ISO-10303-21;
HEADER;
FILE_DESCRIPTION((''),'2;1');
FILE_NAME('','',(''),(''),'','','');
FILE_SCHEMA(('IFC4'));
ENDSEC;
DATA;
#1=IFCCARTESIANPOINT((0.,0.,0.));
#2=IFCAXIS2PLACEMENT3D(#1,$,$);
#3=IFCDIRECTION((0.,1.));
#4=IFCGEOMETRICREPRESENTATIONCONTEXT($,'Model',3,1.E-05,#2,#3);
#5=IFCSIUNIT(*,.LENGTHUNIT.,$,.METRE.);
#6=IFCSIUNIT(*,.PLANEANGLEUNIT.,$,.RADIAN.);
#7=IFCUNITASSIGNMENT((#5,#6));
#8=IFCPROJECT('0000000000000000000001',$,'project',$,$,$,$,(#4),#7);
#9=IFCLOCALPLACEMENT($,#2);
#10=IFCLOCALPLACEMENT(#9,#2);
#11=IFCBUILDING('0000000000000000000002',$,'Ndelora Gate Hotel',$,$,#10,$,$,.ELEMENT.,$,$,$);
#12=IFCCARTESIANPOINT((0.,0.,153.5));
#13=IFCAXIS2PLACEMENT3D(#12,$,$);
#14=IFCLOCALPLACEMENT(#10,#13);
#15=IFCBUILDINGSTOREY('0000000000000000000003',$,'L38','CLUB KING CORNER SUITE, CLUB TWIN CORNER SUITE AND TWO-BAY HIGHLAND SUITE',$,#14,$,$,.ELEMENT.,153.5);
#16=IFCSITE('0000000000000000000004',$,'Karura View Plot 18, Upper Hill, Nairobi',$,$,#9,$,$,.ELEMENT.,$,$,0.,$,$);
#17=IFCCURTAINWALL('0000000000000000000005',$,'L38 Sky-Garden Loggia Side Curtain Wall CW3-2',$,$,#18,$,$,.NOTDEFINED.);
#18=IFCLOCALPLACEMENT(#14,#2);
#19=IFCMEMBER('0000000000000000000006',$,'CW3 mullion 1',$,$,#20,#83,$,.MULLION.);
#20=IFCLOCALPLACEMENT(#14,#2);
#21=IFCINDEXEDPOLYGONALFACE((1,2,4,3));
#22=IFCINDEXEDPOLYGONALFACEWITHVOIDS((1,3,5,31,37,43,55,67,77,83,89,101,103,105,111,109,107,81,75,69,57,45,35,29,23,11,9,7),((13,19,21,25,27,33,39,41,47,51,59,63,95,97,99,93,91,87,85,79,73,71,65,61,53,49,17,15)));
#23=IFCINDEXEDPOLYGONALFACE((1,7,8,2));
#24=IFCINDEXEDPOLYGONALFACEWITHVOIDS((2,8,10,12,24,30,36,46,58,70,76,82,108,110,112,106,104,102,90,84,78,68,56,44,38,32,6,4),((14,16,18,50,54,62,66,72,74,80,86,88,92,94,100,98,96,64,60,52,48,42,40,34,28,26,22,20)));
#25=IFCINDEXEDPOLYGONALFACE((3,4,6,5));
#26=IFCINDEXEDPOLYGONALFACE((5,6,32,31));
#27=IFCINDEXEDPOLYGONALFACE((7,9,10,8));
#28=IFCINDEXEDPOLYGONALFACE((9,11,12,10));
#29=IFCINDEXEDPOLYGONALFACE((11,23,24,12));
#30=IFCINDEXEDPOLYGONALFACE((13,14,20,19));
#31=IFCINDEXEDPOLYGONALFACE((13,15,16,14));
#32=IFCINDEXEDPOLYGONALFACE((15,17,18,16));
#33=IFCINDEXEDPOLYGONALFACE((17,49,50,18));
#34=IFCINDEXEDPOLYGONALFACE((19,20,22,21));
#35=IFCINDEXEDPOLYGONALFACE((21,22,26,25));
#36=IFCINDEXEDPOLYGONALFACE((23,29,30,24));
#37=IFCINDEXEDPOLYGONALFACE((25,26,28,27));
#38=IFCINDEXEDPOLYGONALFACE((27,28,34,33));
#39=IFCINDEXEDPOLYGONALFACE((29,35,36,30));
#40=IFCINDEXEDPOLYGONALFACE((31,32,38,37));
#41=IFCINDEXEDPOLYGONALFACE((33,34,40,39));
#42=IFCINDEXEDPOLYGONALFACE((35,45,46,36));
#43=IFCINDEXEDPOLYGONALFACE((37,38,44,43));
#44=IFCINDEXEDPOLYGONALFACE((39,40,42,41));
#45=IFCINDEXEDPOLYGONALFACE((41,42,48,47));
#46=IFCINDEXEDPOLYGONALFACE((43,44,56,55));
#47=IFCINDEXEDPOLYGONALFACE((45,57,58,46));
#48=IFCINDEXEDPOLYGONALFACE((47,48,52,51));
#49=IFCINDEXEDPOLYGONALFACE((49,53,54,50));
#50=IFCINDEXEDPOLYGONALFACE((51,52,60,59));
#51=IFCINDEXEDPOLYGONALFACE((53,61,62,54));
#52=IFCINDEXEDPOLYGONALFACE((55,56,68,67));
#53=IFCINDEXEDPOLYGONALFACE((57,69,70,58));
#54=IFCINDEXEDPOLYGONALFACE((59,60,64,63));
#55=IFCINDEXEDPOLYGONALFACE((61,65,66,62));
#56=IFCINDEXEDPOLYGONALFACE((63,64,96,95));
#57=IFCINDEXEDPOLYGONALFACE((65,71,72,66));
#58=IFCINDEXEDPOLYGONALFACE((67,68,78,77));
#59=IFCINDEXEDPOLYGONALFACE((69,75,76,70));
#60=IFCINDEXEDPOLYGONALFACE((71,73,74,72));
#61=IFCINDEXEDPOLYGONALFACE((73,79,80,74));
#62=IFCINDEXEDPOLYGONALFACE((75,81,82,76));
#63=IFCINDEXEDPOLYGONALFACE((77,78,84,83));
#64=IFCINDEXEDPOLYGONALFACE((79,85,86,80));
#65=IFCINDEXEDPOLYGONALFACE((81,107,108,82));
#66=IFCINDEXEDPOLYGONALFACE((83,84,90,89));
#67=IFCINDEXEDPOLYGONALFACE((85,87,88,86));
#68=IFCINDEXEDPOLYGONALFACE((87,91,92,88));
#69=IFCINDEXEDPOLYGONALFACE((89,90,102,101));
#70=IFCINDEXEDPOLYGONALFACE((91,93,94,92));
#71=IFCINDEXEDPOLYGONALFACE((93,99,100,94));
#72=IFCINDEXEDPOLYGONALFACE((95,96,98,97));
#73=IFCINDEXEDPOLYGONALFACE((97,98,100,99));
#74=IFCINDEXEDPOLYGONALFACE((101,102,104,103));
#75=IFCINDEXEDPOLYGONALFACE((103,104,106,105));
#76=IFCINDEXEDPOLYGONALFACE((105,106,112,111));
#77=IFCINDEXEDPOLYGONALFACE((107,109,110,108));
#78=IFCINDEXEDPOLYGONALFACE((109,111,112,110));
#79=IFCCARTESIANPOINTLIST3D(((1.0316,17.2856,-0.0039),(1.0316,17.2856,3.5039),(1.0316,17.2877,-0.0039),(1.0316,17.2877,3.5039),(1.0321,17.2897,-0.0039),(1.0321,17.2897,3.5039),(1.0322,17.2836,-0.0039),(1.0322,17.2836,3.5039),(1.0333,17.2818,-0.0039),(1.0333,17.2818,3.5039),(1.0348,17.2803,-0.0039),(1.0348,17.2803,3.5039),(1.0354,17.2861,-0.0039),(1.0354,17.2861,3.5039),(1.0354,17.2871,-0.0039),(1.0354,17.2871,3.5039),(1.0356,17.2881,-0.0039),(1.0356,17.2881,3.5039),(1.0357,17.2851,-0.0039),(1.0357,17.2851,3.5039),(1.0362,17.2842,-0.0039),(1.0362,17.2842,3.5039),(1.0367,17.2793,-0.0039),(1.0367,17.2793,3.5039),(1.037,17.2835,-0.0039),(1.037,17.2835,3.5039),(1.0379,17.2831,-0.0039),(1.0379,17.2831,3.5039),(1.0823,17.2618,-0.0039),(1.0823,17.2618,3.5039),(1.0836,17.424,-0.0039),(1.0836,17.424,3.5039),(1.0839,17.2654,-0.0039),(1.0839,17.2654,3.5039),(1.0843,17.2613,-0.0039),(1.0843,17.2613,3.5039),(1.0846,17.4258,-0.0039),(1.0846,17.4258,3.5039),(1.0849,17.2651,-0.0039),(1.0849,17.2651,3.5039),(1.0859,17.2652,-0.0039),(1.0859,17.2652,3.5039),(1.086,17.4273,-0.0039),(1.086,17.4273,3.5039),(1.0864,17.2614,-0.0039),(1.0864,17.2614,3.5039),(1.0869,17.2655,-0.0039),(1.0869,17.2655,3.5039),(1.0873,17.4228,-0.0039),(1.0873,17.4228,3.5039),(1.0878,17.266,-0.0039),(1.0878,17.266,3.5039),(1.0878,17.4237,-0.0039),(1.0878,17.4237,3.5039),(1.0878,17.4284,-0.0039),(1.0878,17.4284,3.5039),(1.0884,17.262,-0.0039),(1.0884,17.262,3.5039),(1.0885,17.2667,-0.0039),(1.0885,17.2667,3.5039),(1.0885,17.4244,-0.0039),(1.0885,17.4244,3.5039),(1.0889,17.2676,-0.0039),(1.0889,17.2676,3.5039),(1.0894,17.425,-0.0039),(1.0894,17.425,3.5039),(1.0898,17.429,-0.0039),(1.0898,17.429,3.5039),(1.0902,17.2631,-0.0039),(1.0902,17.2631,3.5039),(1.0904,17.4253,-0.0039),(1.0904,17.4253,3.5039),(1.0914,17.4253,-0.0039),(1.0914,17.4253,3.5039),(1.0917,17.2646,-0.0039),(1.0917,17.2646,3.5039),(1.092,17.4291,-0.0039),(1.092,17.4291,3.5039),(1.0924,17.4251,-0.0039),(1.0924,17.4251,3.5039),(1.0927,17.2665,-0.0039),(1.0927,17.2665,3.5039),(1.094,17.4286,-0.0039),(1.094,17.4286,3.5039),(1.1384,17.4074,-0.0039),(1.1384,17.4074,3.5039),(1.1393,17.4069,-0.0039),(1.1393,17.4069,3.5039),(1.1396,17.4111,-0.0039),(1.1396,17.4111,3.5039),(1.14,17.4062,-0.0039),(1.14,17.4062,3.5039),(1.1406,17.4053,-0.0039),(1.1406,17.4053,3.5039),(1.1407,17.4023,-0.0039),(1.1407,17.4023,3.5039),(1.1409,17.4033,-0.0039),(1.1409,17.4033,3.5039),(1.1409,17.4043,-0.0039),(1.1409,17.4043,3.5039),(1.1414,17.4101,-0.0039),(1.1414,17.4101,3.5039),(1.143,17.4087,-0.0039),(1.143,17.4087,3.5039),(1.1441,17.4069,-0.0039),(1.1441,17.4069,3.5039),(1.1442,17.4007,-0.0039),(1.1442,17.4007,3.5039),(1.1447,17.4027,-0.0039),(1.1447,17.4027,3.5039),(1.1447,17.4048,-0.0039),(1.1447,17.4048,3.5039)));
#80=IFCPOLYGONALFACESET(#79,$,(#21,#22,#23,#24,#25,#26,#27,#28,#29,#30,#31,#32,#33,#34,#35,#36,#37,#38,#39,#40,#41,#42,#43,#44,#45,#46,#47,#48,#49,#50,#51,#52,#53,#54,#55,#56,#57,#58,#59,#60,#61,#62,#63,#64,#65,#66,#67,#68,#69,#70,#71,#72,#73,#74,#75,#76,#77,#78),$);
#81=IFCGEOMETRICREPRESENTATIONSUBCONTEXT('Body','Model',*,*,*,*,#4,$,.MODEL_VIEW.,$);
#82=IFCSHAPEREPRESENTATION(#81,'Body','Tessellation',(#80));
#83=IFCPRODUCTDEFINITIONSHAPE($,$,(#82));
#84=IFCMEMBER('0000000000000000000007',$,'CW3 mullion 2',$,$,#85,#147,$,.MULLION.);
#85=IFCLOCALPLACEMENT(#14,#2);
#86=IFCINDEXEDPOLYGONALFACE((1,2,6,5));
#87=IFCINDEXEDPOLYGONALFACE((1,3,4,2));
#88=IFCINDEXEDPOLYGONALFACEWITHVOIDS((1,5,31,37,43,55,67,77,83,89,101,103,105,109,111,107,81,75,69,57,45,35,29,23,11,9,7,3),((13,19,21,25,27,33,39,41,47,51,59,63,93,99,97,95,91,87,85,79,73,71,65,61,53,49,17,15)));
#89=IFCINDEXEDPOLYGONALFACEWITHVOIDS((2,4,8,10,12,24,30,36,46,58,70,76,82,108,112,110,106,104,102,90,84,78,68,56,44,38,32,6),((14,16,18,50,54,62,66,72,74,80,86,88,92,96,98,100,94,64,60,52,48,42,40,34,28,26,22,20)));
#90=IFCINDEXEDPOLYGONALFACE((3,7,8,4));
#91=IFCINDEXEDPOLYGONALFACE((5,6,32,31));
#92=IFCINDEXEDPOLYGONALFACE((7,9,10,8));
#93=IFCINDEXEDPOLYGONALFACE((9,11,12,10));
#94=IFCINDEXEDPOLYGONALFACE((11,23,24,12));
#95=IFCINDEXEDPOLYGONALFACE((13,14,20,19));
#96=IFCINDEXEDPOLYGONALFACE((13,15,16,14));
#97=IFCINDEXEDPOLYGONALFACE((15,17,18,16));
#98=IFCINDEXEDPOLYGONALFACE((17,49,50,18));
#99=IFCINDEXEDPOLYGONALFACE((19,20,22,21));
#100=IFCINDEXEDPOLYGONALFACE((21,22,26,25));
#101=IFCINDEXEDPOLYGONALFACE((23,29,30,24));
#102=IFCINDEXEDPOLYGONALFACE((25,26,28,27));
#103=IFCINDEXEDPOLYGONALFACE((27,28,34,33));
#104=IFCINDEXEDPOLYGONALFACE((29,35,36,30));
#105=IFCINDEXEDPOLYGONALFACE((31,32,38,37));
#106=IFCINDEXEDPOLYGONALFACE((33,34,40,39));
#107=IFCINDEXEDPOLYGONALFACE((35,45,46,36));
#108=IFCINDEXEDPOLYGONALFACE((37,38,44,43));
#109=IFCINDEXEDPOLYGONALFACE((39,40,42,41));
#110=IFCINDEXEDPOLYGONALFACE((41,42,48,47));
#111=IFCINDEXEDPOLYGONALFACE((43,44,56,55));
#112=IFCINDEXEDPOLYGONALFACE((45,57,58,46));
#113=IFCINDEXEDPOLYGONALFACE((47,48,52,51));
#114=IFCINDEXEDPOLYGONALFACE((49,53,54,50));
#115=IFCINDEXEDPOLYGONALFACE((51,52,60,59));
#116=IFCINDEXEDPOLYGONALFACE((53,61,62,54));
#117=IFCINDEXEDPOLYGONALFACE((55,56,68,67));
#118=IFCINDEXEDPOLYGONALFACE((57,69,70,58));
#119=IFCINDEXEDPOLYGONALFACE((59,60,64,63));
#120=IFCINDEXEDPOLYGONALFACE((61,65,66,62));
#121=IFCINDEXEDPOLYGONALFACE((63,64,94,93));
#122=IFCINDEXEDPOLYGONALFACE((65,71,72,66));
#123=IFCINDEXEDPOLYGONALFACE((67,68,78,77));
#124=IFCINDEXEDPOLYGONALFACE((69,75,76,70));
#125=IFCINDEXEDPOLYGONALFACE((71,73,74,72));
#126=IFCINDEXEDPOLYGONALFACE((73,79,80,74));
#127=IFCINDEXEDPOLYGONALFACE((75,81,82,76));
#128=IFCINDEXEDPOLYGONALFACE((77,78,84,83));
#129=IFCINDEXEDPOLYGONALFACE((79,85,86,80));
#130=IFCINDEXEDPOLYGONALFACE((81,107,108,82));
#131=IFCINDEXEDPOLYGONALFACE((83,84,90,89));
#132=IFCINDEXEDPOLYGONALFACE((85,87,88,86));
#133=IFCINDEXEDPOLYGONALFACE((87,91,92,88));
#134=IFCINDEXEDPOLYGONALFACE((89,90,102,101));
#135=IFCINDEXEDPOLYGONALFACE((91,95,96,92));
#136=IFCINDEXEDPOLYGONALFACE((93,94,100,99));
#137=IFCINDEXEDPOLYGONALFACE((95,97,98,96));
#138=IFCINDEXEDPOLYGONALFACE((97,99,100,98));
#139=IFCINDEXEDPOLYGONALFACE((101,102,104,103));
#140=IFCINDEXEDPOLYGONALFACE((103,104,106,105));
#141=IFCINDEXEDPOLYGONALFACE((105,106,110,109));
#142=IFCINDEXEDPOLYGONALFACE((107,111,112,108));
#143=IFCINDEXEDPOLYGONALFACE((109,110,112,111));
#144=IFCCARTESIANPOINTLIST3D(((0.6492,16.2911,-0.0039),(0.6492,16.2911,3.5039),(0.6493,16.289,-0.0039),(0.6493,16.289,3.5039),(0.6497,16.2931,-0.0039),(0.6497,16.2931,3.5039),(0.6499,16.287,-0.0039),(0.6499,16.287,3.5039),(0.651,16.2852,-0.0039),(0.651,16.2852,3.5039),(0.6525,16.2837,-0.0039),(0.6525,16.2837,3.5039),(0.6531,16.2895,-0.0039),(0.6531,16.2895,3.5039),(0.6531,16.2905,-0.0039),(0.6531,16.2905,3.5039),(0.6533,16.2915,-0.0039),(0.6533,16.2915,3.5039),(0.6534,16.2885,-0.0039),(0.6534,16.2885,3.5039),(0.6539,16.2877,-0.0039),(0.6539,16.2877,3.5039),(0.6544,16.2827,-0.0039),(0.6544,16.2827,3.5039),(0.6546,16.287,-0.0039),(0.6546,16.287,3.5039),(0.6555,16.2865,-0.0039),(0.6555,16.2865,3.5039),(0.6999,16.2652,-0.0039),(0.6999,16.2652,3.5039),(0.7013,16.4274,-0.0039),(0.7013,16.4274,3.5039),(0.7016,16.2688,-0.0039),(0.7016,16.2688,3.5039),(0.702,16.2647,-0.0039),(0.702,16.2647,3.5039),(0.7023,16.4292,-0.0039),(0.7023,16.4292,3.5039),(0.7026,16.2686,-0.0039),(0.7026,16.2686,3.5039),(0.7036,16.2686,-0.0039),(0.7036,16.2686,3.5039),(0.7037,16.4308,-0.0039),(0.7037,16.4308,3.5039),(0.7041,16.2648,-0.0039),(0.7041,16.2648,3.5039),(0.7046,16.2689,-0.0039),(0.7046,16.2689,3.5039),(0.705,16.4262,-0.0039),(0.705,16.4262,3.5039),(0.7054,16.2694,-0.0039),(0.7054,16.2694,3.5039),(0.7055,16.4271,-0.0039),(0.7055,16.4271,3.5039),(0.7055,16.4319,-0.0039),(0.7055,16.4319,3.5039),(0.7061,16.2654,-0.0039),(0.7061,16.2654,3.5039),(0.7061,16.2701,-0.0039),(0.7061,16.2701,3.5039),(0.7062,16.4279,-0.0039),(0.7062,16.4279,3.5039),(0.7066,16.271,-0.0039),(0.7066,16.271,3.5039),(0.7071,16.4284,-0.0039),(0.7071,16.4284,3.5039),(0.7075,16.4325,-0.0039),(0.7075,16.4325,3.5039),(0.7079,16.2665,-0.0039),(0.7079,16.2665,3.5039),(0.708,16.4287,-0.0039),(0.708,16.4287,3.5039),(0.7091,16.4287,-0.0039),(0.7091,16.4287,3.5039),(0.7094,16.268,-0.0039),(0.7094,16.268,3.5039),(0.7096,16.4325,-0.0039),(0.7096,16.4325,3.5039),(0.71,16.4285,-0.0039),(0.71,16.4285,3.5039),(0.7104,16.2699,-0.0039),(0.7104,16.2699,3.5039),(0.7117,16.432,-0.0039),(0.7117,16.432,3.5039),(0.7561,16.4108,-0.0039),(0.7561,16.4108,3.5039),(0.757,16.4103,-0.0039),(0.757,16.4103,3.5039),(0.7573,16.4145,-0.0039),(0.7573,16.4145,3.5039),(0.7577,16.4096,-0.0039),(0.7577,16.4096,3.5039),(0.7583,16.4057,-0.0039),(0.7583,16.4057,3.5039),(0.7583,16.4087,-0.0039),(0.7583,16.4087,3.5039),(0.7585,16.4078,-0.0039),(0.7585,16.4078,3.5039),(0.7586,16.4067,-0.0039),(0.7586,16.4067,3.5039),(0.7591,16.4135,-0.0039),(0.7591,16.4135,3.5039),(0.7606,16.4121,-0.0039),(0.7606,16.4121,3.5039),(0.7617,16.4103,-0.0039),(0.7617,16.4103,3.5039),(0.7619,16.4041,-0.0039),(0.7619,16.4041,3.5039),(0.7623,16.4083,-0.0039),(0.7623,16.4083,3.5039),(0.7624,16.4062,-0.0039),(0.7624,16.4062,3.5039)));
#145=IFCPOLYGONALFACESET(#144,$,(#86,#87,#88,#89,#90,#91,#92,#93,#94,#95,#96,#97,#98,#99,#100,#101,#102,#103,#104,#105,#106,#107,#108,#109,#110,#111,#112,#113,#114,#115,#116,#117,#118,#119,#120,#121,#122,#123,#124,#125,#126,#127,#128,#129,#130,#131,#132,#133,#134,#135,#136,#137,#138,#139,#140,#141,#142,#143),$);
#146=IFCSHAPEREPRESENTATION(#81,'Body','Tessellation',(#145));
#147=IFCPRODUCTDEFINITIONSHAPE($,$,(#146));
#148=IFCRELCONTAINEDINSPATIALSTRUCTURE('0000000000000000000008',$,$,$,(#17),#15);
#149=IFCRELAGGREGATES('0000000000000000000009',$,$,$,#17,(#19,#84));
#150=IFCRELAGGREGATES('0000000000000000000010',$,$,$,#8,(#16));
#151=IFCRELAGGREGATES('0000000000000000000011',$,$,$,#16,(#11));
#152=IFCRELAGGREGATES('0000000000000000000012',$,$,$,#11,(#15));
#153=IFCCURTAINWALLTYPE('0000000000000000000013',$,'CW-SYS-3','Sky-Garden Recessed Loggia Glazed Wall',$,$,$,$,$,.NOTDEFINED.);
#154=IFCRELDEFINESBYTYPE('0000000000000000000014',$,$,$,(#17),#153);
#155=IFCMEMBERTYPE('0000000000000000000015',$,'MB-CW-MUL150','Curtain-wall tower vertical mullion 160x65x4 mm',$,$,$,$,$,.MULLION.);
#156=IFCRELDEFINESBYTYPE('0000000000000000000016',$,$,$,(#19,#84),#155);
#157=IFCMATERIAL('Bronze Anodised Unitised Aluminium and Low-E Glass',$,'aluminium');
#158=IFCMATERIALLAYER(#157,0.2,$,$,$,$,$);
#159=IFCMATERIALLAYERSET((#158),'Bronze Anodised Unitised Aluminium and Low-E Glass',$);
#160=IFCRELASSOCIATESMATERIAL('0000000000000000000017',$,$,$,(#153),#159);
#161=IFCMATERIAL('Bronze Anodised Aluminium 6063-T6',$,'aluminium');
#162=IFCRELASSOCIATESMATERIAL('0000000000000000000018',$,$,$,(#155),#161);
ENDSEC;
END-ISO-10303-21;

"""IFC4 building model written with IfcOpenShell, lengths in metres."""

from ifc_helpers import new_model, si_unit, direction, frame, origin, origin_2d, place, context, subcontext, project, spatial, hollow_rectangle, extrude, material, layer, layer_set, material_profile, profile_set, type_object, element, aggregate, save


model = new_model("IFC4")

# Units and contexts
model_context = context("Model", 3, precision=1e-05, world=origin(), true_north=direction((0.0, 1.0)))
body_context = subcontext(model_context, "Body", "Model", "MODEL_VIEW")
ifc_project = project(units=[si_unit("LENGTHUNIT", "METRE"), si_unit("PLANEANGLEUNIT", "RADIAN")], contexts=[model_context])

# Site, building, storey
site_placement = place(None, origin())
site = spatial("IfcSite", under=ifc_project, at=site_placement, Name="Karura View Plot 18, Upper Hill, Nairobi", CompositionType="ELEMENT", RefElevation=0.0)
building_placement = place(site_placement, origin())
building = spatial("IfcBuilding", under=site, at=building_placement, Name="Ndelora Gate Hotel", CompositionType="ELEMENT")
storey_placement = place(building_placement, frame((0.0, 0.0, 153.5)))
storey = spatial("IfcBuildingStorey", under=building, at=storey_placement, Name="L38", Description="CLUB KING CORNER SUITE, CLUB TWIN CORNER SUITE AND TWO-BAY HIGHLAND SUITE", CompositionType="ELEMENT", Elevation=153.5)

# Curtain wall, members
ifc_material_1 = material(Name="Bronze Anodised Unitised Aluminium and Low-E Glass", Category="aluminium")
ifc_layer_1 = layer(ifc_material_1, 0.2)
ifc_layer_set_1 = layer_set([ifc_layer_1], Name="Bronze Anodised Unitised Aluminium and Low-E Glass")
curtain_wall_type = type_object("IfcCurtainWallType", Name="CW-SYS-3", Description="Sky-Garden Recessed Loggia Glazed Wall", PredefinedType="NOTDEFINED", material=ifc_layer_set_1)
curtain_wall_placement = place(storey_placement, origin())
curtain_wall = element("IfcCurtainWall", 1, at=curtain_wall_placement, inside=storey, type_object=curtain_wall_type, Name="L38 Sky-Garden Loggia Side Curtain Wall CW3-2", PredefinedType="NOTDEFINED")
ifc_material_2 = material(Name="Bronze Anodised Aluminium 6063-T6", Category="aluminium")
ifc_material_profile_1 = material_profile(ifc_material_2, hollow_rectangle(XDim=0.0649, YDim=0.1599, WallThickness=0.0039, InnerFilletRadius=0.0039, OuterFilletRadius=0.0081, at=origin_2d()), Name="ALU 160x65x4")
ifc_profile_set_1 = profile_set([ifc_material_profile_1], Name="Bronze Anodised Aluminium 6063-T6")
member_type_1 = type_object("IfcMemberType", Name="MB-CW-MUL150", Description="Curtain-wall tower vertical mullion 160x65x4 mm", PredefinedType="MULLION", material=ifc_profile_set_1)
member_1_placement = place(storey_placement, frame((1.0881, 17.3452, -0.0039), z_axis=(0.0, 0.0, 1.0), x_axis=(0.933577, -0.358376, 0.0)))
member_1 = element("IfcMember", 2, at=member_1_placement, type_object=member_type_1, Name="CW3 mullion 1", PredefinedType="MULLION", context=body_context, shape_type="SweptSolid", body=[
    extrude(hollow_rectangle(XDim=0.0649, YDim=0.1599, WallThickness=0.0039, InnerFilletRadius=0.0039, OuterFilletRadius=0.0081, at=origin_2d()), origin(), (0.0, 0.0, 1.0), 3.5078),
])
member_2_placement = place(storey_placement, frame((0.7058, 16.3486, -0.0039), z_axis=(0.0, 0.0, 1.0), x_axis=(0.933577, -0.358376, 0.0)))
member_2 = element("IfcMember", 3, at=member_2_placement, type_object=member_type_1, Name="CW3 mullion 2", PredefinedType="MULLION", context=body_context, shape_type="SweptSolid", body=[
    extrude(hollow_rectangle(XDim=0.0649, YDim=0.1599, WallThickness=0.0039, InnerFilletRadius=0.0039, OuterFilletRadius=0.0081, at=origin_2d()), origin(), (0.0, 0.0, 1.0), 3.5078),
])
aggregate(curtain_wall, [member_1, member_2])

save(model, "model.ifc")
